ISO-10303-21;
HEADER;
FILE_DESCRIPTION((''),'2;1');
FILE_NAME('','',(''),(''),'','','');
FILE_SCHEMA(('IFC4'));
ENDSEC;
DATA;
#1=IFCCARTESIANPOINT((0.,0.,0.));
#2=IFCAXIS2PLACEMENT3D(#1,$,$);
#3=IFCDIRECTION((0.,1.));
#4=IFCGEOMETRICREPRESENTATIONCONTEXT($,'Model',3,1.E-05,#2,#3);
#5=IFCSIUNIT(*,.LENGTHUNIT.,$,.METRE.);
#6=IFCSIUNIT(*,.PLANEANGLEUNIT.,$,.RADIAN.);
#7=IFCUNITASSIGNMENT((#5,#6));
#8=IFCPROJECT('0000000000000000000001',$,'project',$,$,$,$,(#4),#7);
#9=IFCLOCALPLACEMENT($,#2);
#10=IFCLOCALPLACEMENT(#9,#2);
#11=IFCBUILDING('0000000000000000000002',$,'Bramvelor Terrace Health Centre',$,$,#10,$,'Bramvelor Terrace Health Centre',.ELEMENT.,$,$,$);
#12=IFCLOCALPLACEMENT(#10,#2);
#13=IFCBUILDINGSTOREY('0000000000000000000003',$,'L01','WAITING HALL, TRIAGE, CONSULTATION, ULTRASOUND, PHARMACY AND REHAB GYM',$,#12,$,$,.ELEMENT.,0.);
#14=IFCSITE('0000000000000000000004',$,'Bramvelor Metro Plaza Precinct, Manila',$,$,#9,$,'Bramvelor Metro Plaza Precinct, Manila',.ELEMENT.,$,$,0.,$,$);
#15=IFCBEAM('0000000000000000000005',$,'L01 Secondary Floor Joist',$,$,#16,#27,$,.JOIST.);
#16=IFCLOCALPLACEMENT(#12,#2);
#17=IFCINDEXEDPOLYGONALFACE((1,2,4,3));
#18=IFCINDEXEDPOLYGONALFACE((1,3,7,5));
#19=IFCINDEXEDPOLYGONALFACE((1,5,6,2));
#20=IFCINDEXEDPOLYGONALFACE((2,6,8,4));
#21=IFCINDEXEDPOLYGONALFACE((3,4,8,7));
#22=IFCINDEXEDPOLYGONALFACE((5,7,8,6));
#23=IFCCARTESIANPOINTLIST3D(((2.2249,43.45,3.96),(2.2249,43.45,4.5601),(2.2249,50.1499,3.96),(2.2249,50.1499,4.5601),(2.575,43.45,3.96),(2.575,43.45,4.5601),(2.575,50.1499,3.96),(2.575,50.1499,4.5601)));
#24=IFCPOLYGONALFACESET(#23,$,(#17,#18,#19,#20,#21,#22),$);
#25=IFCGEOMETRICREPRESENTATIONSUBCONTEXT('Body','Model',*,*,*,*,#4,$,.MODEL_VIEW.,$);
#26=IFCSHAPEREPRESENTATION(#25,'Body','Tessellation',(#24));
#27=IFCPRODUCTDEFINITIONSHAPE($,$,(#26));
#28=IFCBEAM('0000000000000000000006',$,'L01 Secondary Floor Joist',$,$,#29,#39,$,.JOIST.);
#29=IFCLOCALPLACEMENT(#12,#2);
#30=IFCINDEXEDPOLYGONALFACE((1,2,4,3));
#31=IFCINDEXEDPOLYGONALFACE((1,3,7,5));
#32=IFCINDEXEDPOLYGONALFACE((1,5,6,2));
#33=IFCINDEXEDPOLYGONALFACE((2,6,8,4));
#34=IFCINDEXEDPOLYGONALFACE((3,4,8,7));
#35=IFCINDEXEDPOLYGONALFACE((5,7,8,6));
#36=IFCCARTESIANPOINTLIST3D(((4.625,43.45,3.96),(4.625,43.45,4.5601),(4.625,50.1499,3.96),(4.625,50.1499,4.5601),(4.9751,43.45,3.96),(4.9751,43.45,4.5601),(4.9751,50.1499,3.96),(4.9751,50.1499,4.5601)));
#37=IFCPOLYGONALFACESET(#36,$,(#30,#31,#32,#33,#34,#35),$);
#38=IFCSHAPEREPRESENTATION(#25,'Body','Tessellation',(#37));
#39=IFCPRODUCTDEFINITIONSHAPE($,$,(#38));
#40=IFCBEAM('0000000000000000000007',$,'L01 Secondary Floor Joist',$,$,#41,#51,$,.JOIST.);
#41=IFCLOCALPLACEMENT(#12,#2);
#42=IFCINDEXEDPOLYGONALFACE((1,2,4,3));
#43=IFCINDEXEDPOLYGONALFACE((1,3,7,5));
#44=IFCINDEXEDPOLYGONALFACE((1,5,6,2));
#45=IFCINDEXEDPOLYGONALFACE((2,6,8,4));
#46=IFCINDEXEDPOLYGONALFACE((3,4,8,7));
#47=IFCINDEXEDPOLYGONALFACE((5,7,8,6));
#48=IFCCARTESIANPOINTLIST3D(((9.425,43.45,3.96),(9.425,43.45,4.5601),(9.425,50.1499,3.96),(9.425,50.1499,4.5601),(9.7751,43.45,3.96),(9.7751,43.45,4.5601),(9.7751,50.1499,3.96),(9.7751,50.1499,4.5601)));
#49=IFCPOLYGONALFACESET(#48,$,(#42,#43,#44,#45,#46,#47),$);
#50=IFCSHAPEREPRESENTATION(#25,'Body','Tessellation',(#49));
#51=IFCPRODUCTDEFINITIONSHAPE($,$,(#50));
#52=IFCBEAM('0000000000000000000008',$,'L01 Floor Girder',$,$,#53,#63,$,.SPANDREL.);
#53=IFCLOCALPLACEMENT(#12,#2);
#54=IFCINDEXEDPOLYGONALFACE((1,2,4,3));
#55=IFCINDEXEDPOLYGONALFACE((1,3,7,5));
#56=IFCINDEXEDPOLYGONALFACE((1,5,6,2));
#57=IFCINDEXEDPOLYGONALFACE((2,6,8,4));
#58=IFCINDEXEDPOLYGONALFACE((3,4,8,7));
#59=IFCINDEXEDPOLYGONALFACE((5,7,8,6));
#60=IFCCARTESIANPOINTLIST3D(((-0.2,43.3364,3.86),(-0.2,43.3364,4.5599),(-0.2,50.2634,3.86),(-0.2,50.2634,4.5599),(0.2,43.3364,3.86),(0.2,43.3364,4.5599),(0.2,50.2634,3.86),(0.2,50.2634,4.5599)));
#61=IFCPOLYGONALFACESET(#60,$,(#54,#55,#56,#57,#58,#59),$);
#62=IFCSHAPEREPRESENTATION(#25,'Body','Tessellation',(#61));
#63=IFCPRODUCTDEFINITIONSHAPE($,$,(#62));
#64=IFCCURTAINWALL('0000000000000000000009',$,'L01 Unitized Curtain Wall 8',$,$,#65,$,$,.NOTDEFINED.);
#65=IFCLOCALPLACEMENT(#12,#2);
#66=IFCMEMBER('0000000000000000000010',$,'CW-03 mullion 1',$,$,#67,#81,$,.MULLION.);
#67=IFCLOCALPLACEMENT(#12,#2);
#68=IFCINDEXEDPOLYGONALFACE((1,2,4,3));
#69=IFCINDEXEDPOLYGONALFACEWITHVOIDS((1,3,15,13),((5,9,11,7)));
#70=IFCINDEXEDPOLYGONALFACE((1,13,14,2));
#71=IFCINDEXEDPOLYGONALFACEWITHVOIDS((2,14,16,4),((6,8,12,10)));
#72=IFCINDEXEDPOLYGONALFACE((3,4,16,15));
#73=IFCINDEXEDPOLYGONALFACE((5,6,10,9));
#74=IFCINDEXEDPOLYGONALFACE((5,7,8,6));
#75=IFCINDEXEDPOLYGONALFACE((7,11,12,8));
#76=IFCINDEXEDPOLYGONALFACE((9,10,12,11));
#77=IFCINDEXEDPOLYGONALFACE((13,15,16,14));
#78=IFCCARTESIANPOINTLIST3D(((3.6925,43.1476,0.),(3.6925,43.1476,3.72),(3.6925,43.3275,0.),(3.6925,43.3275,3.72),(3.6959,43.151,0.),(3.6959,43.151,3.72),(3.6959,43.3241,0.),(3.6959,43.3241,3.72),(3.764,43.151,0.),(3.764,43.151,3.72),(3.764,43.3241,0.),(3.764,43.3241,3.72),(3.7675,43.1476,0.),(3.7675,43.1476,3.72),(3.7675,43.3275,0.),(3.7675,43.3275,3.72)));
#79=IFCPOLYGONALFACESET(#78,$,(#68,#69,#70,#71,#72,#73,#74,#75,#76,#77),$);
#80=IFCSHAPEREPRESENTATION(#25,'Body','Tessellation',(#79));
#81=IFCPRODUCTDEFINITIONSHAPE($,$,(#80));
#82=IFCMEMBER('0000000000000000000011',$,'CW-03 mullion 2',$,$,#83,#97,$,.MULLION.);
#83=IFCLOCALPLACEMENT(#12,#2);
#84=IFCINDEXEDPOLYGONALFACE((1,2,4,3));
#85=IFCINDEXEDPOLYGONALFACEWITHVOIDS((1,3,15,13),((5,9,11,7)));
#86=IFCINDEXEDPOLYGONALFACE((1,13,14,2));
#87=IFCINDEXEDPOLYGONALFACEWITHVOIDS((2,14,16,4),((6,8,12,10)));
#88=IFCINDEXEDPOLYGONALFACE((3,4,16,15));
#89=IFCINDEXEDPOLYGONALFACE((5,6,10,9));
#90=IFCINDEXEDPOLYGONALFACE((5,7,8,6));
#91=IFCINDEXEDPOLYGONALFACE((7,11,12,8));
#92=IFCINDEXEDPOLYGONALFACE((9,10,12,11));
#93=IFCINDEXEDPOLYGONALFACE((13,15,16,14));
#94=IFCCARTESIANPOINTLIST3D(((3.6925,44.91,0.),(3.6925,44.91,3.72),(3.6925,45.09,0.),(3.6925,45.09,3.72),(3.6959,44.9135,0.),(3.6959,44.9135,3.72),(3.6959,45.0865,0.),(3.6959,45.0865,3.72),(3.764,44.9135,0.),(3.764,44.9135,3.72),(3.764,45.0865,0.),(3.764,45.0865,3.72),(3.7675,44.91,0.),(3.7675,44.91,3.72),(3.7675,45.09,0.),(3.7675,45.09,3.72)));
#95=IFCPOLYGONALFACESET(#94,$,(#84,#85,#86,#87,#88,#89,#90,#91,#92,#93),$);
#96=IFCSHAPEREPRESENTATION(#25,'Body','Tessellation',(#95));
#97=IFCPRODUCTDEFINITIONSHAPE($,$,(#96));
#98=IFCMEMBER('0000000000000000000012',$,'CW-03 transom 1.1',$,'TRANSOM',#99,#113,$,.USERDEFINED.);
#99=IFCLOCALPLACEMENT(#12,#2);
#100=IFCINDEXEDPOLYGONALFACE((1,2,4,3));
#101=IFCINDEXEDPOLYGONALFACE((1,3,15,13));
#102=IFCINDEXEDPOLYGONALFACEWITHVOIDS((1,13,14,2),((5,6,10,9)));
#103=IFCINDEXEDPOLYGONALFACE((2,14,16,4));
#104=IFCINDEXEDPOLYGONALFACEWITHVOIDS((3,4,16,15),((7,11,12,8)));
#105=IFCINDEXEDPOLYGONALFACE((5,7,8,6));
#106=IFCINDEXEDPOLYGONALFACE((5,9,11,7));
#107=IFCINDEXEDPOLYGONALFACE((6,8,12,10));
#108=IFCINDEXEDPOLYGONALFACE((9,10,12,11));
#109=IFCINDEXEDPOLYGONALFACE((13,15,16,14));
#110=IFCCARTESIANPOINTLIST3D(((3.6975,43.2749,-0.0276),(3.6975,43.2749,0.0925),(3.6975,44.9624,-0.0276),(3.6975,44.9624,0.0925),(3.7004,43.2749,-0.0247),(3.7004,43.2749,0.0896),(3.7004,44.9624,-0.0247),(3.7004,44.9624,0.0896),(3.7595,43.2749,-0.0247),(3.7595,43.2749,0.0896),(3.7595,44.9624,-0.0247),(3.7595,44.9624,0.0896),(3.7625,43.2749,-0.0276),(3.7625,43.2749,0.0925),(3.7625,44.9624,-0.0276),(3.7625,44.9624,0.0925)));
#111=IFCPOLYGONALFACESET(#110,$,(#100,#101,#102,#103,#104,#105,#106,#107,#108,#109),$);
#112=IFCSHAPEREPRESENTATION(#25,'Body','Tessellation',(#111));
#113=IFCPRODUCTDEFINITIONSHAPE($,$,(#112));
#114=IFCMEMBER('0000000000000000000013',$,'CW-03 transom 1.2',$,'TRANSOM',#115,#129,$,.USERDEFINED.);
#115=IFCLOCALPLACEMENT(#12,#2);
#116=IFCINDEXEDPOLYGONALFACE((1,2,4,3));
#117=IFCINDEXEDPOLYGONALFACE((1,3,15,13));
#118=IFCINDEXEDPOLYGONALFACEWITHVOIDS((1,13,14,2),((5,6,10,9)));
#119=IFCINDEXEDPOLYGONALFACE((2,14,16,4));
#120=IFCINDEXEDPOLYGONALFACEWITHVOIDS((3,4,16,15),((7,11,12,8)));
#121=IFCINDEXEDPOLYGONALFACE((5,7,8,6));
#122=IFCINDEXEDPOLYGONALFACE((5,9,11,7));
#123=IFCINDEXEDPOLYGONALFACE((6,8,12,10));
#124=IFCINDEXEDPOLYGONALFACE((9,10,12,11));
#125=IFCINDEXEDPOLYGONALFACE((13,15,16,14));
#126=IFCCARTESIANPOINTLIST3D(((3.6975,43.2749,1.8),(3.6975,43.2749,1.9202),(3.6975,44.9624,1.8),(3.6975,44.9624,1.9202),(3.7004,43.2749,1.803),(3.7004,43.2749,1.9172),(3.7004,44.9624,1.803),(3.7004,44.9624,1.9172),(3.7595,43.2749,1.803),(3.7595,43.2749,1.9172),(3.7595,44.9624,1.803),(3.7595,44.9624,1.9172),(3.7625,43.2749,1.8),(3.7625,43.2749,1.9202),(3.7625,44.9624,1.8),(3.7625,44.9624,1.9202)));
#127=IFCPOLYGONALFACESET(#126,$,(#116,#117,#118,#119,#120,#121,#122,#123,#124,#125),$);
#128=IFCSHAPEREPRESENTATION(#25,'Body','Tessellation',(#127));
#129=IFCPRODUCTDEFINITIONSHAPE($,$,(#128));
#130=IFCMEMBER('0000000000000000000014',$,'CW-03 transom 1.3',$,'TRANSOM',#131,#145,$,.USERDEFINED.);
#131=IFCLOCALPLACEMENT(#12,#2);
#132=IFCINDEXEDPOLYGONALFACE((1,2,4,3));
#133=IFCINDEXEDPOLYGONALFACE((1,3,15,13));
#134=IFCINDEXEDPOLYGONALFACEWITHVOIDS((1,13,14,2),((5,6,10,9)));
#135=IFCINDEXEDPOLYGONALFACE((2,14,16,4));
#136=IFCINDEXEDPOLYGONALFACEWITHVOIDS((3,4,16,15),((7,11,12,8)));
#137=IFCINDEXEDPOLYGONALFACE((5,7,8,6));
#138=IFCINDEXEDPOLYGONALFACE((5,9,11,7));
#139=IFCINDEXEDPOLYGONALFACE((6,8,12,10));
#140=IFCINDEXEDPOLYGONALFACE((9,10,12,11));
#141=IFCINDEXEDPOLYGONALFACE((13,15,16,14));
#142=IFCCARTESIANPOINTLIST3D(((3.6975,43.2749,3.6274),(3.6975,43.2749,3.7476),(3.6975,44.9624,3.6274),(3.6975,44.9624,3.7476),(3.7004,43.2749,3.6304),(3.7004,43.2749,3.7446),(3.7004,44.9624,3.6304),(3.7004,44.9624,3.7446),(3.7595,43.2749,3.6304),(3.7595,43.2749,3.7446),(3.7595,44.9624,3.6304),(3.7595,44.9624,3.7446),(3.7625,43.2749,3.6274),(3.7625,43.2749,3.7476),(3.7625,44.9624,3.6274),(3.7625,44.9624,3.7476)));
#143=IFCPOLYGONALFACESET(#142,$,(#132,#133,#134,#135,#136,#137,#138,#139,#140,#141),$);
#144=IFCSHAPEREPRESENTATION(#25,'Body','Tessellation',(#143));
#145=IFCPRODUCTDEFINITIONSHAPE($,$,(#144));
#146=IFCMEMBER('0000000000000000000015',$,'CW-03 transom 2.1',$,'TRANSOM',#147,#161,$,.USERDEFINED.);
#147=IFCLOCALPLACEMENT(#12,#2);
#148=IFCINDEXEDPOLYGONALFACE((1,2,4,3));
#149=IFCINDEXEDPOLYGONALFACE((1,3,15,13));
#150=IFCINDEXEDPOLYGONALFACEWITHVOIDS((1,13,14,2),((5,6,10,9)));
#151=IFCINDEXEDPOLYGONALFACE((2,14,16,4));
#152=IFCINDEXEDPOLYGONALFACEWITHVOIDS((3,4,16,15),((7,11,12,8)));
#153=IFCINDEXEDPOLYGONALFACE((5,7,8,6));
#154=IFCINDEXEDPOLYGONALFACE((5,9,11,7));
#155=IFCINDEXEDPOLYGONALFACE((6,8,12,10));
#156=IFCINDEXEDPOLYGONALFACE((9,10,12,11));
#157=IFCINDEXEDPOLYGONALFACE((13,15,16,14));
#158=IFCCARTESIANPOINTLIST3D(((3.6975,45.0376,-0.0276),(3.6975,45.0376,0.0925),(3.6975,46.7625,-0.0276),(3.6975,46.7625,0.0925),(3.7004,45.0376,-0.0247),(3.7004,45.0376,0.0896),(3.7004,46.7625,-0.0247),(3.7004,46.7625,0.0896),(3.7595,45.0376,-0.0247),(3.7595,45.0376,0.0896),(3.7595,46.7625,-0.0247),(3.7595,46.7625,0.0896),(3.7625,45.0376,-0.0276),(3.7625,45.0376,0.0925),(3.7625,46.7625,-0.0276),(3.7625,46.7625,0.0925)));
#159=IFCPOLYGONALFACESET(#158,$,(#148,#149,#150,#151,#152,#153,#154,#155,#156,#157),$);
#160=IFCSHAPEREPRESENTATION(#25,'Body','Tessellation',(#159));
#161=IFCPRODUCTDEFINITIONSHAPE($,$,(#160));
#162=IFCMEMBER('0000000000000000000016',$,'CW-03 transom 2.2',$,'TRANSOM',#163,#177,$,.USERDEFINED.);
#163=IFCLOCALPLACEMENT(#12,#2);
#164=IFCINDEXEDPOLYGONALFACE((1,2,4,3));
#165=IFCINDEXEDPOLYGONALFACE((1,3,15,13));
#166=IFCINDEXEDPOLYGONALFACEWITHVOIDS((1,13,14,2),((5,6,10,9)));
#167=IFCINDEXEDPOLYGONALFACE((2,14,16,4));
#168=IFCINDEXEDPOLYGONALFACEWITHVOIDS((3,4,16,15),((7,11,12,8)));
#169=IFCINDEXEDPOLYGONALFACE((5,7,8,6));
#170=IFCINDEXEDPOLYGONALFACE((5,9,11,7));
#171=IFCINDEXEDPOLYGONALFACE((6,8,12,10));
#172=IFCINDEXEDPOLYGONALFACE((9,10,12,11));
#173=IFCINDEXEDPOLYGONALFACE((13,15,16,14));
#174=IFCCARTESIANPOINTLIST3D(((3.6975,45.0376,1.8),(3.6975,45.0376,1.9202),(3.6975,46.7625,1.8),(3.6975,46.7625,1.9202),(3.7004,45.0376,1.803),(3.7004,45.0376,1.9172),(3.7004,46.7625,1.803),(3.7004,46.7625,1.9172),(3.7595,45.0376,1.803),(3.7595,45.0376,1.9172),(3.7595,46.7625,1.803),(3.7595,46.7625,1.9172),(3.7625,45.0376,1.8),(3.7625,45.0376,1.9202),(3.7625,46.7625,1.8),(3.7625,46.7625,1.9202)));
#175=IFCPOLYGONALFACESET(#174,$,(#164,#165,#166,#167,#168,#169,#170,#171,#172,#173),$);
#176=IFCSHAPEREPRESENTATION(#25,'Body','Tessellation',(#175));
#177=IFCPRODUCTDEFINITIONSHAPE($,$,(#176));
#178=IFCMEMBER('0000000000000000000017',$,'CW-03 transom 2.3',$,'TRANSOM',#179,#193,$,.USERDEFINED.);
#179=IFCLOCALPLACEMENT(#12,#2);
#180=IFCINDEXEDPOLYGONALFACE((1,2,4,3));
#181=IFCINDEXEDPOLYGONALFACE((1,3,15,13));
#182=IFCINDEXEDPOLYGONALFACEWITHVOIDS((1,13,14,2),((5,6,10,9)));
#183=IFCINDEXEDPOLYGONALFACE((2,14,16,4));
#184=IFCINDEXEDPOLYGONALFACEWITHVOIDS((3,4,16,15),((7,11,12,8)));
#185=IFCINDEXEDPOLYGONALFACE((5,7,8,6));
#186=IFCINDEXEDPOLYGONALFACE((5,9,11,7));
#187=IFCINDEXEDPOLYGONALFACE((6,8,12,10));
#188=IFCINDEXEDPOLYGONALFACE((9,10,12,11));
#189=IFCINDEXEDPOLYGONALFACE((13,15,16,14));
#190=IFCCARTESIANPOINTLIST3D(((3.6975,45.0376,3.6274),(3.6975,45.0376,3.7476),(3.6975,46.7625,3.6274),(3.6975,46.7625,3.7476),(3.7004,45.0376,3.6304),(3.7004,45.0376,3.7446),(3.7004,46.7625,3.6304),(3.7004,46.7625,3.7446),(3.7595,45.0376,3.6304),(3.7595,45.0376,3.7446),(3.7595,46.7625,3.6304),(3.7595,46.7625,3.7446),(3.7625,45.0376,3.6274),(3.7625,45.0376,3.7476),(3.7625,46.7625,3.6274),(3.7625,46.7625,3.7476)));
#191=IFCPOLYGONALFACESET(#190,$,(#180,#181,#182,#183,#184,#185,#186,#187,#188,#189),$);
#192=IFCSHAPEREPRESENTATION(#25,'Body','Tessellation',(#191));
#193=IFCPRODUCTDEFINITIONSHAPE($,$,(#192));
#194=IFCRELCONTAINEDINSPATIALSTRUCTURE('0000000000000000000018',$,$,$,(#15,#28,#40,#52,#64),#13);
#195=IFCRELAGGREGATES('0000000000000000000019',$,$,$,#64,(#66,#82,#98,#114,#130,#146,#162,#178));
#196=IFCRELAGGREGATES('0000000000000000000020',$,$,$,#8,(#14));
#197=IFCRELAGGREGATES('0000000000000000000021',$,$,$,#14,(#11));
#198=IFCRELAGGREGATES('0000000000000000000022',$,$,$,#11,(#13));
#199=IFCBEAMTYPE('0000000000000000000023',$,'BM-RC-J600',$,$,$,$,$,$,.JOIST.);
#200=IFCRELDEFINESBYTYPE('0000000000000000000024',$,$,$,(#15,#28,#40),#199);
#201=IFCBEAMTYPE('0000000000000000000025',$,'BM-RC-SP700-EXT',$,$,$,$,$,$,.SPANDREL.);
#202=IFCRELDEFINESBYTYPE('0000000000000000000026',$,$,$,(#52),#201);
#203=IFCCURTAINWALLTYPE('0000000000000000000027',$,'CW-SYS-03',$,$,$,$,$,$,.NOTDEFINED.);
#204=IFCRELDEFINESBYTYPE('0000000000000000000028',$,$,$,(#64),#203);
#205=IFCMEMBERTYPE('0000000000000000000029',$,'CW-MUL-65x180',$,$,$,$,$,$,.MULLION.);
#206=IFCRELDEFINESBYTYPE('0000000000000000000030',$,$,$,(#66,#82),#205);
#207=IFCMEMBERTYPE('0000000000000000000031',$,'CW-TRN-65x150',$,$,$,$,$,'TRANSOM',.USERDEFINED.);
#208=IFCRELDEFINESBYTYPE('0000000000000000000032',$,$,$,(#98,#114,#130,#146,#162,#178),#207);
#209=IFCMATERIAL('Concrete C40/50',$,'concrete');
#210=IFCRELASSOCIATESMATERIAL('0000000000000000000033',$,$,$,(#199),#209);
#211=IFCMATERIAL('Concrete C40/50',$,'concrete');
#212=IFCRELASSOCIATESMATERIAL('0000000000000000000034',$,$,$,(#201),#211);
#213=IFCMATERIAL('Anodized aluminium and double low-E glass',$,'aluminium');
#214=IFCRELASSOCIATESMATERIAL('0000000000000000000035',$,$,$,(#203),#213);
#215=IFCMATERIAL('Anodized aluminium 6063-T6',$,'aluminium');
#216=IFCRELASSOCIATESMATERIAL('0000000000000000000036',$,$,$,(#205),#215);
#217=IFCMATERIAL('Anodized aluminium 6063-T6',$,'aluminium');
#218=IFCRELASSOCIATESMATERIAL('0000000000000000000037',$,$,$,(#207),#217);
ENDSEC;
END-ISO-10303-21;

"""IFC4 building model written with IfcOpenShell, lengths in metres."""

from ifc_helpers import new_model, si_unit, direction, frame, origin, origin_2d, place, context, subcontext, project, spatial, rectangle, hollow_rectangle, extrude, material, material_profile, profile_set, type_object, element, aggregate, save


model = new_model("IFC4")

# Units and contexts
model_context = context("Model", 3, precision=1e-05, world=origin(), true_north=direction((0.0, 1.0)))
body_context = subcontext(model_context, "Body", "Model", "MODEL_VIEW")
ifc_project = project(units=[si_unit("LENGTHUNIT", "METRE"), si_unit("PLANEANGLEUNIT", "RADIAN")], contexts=[model_context])

# Site, building, storey
site_placement = place(None, origin())
site = spatial("IfcSite", under=ifc_project, at=site_placement, Name="Bramvelor Metro Plaza Precinct, Manila", LongName="Bramvelor Metro Plaza Precinct, Manila", CompositionType="ELEMENT", RefElevation=0.0)
building_placement = place(site_placement, origin())
building = spatial("IfcBuilding", under=site, at=building_placement, Name="Bramvelor Terrace Health Centre", LongName="Bramvelor Terrace Health Centre", CompositionType="ELEMENT")
storey_placement = place(building_placement, origin())
storey = spatial("IfcBuildingStorey", under=building, at=storey_placement, Name="L01", Description="WAITING HALL, TRIAGE, CONSULTATION, ULTRASOUND, PHARMACY AND REHAB GYM", CompositionType="ELEMENT", Elevation=0.0)

# Beams
ifc_material_1 = material(Name="Concrete C40/50", Category="concrete")
ifc_material_profile_1 = material_profile(ifc_material_1, rectangle(XDim=0.3501, YDim=0.6001, at=origin_2d()), Name="RC 350x600")
ifc_profile_set_1 = profile_set([ifc_material_profile_1], Name="Concrete C40/50")
beam_type_1 = type_object("IfcBeamType", Name="BM-RC-J600", PredefinedType="JOIST", material=ifc_profile_set_1)
for number, where, z_axis, x_axis, name in (
    (1, (2.3999, 43.45, 4.26), (0.0, 1.0, 0.0), (-1.0, 0.0, 0.0), "L01 Secondary Floor Joist"),
    (2, (4.8, 43.45, 4.26), (0.0, 1.0, 0.0), (-1.0, 0.0, 0.0), "L01 Secondary Floor Joist"),
    (3, (9.6001, 43.45, 4.26), (0.0, 1.0, 0.0), (-1.0, 0.0, 0.0), "L01 Secondary Floor Joist"),
):
    element("IfcBeam", number, at=place(storey_placement, frame(where, z_axis=z_axis, x_axis=x_axis)), inside=storey, type_object=beam_type_1, Name=name, PredefinedType="JOIST", context=body_context, shape_type="SweptSolid", body=[
        extrude(rectangle(XDim=0.3501, YDim=0.6001, at=origin_2d()), origin(), (0.0, 0.0, 1.0), 6.7),
    ])
ifc_material_2 = material(Name="Concrete C40/50", Category="concrete")
ifc_material_profile_2 = material_profile(ifc_material_2, rectangle(XDim=0.3999, YDim=0.7, at=origin_2d()), Name="RC 400x700")
ifc_profile_set_2 = profile_set([ifc_material_profile_2], Name="Concrete C40/50")
beam_type_2 = type_object("IfcBeamType", Name="BM-RC-SP700-EXT", PredefinedType="SPANDREL", material=ifc_profile_set_2)
beam_1_placement = place(storey_placement, frame((0.0, 43.3364, 4.21), z_axis=(0.0, 1.0, 0.0), x_axis=(-1.0, 0.0, 0.0)))
element("IfcBeam", 4, at=beam_1_placement, inside=storey, type_object=beam_type_2, Name="L01 Floor Girder", PredefinedType="SPANDREL", context=body_context, shape_type="SweptSolid", body=[
    extrude(rectangle(XDim=0.3999, YDim=0.7, at=origin_2d()), origin(), (0.0, 0.0, 1.0), 6.927),
])

# Curtain wall, members
ifc_material_3 = material(Name="Anodized aluminium and double low-E glass", Category="aluminium")
curtain_wall_type = type_object("IfcCurtainWallType", Name="CW-SYS-03", PredefinedType="NOTDEFINED", material=ifc_material_3)
curtain_wall_placement = place(storey_placement, origin())
curtain_wall = element("IfcCurtainWall", 5, at=curtain_wall_placement, inside=storey, type_object=curtain_wall_type, Name="L01 Unitized Curtain Wall 8", PredefinedType="NOTDEFINED")
ifc_material_4 = material(Name="Anodized aluminium 6063-T6", Category="aluminium")
ifc_material_profile_3 = material_profile(ifc_material_4, hollow_rectangle(XDim=0.075, YDim=0.1799, WallThickness=0.0034, at=origin_2d()), Name="ALU-MUL 75x180x3.5")
ifc_profile_set_3 = profile_set([ifc_material_profile_3], Name="Anodized aluminium 6063-T6")
member_type_1 = type_object("IfcMemberType", Name="CW-MUL-65x180", PredefinedType="MULLION", material=ifc_profile_set_3)
member_1_placement = place(storey_placement, frame((3.73, 43.2375, 0.0), z_axis=(0.0, 0.0, 1.0), x_axis=(-1.0, 0.0, 0.0)))
member_1 = element("IfcMember", 6, at=member_1_placement, type_object=member_type_1, Name="CW-03 mullion 1", PredefinedType="MULLION", context=body_context, shape_type="SweptSolid", body=[
    extrude(hollow_rectangle(XDim=0.075, YDim=0.1799, WallThickness=0.0034, at=origin_2d()), origin(), (0.0, 0.0, 1.0), 3.72),
])
member_2_placement = place(storey_placement, frame((3.73, 45.0, 0.0), z_axis=(0.0, 0.0, 1.0), x_axis=(-1.0, 0.0, 0.0)))
member_2 = element("IfcMember", 7, at=member_2_placement, type_object=member_type_1, Name="CW-03 mullion 2", PredefinedType="MULLION", context=body_context, shape_type="SweptSolid", body=[
    extrude(hollow_rectangle(XDim=0.075, YDim=0.1799, WallThickness=0.0034, at=origin_2d()), origin(), (0.0, 0.0, 1.0), 3.72),
])
ifc_material_5 = material(Name="Anodized aluminium 6063-T6", Category="aluminium")
ifc_material_profile_4 = material_profile(ifc_material_5, hollow_rectangle(XDim=0.0649, YDim=0.1201, WallThickness=0.0029, at=origin_2d()), Name="ALU-TRN 65x120x3.0")
ifc_profile_set_4 = profile_set([ifc_material_profile_4], Name="Anodized aluminium 6063-T6")
member_type_2 = type_object("IfcMemberType", Name="CW-TRN-65x150", ElementType="TRANSOM", PredefinedType="USERDEFINED", material=ifc_profile_set_4)
member_3_placement = place(storey_placement, frame((3.73, 43.2749, 0.0325), z_axis=(0.0, 1.0, 0.0), x_axis=(-1.0, 0.0, 0.0)))
member_3 = element("IfcMember", 8, at=member_3_placement, type_object=member_type_2, Name="CW-03 transom 1.1", ObjectType="TRANSOM", PredefinedType="USERDEFINED", context=body_context, shape_type="SweptSolid", body=[
    extrude(hollow_rectangle(XDim=0.0649, YDim=0.1201, WallThickness=0.0029, at=origin_2d()), origin(), (0.0, 0.0, 1.0), 1.6875),
])
member_4_placement = place(storey_placement, frame((3.73, 43.2749, 1.8601), z_axis=(0.0, 1.0, 0.0), x_axis=(-1.0, 0.0, 0.0)))
member_4 = element("IfcMember", 9, at=member_4_placement, type_object=member_type_2, Name="CW-03 transom 1.2", ObjectType="TRANSOM", PredefinedType="USERDEFINED", context=body_context, shape_type="SweptSolid", body=[
    extrude(hollow_rectangle(XDim=0.0649, YDim=0.1201, WallThickness=0.0029, at=origin_2d()), origin(), (0.0, 0.0, 1.0), 1.6875),
])
member_5_placement = place(storey_placement, frame((3.73, 43.2749, 3.6875), z_axis=(0.0, 1.0, 0.0), x_axis=(-1.0, 0.0, 0.0)))
member_5 = element("IfcMember", 10, at=member_5_placement, type_object=member_type_2, Name="CW-03 transom 1.3", ObjectType="TRANSOM", PredefinedType="USERDEFINED", context=body_context, shape_type="SweptSolid", body=[
    extrude(hollow_rectangle(XDim=0.0649, YDim=0.1201, WallThickness=0.0029, at=origin_2d()), origin(), (0.0, 0.0, 1.0), 1.6875),
])
member_6_placement = place(storey_placement, frame((3.73, 45.0376, 0.0325), z_axis=(0.0, 1.0, 0.0), x_axis=(-1.0, 0.0, 0.0)))
member_6 = element("IfcMember", 11, at=member_6_placement, type_object=member_type_2, Name="CW-03 transom 2.1", ObjectType="TRANSOM", PredefinedType="USERDEFINED", context=body_context, shape_type="SweptSolid", body=[
    extrude(hollow_rectangle(XDim=0.0649, YDim=0.1201, WallThickness=0.0029, at=origin_2d()), origin(), (0.0, 0.0, 1.0), 1.7249),
])
member_7_placement = place(storey_placement, frame((3.73, 45.0376, 1.8601), z_axis=(0.0, 1.0, 0.0), x_axis=(-1.0, 0.0, 0.0)))
member_7 = element("IfcMember", 12, at=member_7_placement, type_object=member_type_2, Name="CW-03 transom 2.2", ObjectType="TRANSOM", PredefinedType="USERDEFINED", context=body_context, shape_type="SweptSolid", body=[
    extrude(hollow_rectangle(XDim=0.0649, YDim=0.1201, WallThickness=0.0029, at=origin_2d()), origin(), (0.0, 0.0, 1.0), 1.7249),
])
member_8_placement = place(storey_placement, frame((3.73, 45.0376, 3.6875), z_axis=(0.0, 1.0, 0.0), x_axis=(-1.0, 0.0, 0.0)))
member_8 = element("IfcMember", 13, at=member_8_placement, type_object=member_type_2, Name="CW-03 transom 2.3", ObjectType="TRANSOM", PredefinedType="USERDEFINED", context=body_context, shape_type="SweptSolid", body=[
    extrude(hollow_rectangle(XDim=0.0649, YDim=0.1201, WallThickness=0.0029, at=origin_2d()), origin(), (0.0, 0.0, 1.0), 1.7249),
])
aggregate(curtain_wall, [member_1, member_2, member_3, member_4, member_5, member_6, member_7, member_8])

save(model, "model.ifc")
